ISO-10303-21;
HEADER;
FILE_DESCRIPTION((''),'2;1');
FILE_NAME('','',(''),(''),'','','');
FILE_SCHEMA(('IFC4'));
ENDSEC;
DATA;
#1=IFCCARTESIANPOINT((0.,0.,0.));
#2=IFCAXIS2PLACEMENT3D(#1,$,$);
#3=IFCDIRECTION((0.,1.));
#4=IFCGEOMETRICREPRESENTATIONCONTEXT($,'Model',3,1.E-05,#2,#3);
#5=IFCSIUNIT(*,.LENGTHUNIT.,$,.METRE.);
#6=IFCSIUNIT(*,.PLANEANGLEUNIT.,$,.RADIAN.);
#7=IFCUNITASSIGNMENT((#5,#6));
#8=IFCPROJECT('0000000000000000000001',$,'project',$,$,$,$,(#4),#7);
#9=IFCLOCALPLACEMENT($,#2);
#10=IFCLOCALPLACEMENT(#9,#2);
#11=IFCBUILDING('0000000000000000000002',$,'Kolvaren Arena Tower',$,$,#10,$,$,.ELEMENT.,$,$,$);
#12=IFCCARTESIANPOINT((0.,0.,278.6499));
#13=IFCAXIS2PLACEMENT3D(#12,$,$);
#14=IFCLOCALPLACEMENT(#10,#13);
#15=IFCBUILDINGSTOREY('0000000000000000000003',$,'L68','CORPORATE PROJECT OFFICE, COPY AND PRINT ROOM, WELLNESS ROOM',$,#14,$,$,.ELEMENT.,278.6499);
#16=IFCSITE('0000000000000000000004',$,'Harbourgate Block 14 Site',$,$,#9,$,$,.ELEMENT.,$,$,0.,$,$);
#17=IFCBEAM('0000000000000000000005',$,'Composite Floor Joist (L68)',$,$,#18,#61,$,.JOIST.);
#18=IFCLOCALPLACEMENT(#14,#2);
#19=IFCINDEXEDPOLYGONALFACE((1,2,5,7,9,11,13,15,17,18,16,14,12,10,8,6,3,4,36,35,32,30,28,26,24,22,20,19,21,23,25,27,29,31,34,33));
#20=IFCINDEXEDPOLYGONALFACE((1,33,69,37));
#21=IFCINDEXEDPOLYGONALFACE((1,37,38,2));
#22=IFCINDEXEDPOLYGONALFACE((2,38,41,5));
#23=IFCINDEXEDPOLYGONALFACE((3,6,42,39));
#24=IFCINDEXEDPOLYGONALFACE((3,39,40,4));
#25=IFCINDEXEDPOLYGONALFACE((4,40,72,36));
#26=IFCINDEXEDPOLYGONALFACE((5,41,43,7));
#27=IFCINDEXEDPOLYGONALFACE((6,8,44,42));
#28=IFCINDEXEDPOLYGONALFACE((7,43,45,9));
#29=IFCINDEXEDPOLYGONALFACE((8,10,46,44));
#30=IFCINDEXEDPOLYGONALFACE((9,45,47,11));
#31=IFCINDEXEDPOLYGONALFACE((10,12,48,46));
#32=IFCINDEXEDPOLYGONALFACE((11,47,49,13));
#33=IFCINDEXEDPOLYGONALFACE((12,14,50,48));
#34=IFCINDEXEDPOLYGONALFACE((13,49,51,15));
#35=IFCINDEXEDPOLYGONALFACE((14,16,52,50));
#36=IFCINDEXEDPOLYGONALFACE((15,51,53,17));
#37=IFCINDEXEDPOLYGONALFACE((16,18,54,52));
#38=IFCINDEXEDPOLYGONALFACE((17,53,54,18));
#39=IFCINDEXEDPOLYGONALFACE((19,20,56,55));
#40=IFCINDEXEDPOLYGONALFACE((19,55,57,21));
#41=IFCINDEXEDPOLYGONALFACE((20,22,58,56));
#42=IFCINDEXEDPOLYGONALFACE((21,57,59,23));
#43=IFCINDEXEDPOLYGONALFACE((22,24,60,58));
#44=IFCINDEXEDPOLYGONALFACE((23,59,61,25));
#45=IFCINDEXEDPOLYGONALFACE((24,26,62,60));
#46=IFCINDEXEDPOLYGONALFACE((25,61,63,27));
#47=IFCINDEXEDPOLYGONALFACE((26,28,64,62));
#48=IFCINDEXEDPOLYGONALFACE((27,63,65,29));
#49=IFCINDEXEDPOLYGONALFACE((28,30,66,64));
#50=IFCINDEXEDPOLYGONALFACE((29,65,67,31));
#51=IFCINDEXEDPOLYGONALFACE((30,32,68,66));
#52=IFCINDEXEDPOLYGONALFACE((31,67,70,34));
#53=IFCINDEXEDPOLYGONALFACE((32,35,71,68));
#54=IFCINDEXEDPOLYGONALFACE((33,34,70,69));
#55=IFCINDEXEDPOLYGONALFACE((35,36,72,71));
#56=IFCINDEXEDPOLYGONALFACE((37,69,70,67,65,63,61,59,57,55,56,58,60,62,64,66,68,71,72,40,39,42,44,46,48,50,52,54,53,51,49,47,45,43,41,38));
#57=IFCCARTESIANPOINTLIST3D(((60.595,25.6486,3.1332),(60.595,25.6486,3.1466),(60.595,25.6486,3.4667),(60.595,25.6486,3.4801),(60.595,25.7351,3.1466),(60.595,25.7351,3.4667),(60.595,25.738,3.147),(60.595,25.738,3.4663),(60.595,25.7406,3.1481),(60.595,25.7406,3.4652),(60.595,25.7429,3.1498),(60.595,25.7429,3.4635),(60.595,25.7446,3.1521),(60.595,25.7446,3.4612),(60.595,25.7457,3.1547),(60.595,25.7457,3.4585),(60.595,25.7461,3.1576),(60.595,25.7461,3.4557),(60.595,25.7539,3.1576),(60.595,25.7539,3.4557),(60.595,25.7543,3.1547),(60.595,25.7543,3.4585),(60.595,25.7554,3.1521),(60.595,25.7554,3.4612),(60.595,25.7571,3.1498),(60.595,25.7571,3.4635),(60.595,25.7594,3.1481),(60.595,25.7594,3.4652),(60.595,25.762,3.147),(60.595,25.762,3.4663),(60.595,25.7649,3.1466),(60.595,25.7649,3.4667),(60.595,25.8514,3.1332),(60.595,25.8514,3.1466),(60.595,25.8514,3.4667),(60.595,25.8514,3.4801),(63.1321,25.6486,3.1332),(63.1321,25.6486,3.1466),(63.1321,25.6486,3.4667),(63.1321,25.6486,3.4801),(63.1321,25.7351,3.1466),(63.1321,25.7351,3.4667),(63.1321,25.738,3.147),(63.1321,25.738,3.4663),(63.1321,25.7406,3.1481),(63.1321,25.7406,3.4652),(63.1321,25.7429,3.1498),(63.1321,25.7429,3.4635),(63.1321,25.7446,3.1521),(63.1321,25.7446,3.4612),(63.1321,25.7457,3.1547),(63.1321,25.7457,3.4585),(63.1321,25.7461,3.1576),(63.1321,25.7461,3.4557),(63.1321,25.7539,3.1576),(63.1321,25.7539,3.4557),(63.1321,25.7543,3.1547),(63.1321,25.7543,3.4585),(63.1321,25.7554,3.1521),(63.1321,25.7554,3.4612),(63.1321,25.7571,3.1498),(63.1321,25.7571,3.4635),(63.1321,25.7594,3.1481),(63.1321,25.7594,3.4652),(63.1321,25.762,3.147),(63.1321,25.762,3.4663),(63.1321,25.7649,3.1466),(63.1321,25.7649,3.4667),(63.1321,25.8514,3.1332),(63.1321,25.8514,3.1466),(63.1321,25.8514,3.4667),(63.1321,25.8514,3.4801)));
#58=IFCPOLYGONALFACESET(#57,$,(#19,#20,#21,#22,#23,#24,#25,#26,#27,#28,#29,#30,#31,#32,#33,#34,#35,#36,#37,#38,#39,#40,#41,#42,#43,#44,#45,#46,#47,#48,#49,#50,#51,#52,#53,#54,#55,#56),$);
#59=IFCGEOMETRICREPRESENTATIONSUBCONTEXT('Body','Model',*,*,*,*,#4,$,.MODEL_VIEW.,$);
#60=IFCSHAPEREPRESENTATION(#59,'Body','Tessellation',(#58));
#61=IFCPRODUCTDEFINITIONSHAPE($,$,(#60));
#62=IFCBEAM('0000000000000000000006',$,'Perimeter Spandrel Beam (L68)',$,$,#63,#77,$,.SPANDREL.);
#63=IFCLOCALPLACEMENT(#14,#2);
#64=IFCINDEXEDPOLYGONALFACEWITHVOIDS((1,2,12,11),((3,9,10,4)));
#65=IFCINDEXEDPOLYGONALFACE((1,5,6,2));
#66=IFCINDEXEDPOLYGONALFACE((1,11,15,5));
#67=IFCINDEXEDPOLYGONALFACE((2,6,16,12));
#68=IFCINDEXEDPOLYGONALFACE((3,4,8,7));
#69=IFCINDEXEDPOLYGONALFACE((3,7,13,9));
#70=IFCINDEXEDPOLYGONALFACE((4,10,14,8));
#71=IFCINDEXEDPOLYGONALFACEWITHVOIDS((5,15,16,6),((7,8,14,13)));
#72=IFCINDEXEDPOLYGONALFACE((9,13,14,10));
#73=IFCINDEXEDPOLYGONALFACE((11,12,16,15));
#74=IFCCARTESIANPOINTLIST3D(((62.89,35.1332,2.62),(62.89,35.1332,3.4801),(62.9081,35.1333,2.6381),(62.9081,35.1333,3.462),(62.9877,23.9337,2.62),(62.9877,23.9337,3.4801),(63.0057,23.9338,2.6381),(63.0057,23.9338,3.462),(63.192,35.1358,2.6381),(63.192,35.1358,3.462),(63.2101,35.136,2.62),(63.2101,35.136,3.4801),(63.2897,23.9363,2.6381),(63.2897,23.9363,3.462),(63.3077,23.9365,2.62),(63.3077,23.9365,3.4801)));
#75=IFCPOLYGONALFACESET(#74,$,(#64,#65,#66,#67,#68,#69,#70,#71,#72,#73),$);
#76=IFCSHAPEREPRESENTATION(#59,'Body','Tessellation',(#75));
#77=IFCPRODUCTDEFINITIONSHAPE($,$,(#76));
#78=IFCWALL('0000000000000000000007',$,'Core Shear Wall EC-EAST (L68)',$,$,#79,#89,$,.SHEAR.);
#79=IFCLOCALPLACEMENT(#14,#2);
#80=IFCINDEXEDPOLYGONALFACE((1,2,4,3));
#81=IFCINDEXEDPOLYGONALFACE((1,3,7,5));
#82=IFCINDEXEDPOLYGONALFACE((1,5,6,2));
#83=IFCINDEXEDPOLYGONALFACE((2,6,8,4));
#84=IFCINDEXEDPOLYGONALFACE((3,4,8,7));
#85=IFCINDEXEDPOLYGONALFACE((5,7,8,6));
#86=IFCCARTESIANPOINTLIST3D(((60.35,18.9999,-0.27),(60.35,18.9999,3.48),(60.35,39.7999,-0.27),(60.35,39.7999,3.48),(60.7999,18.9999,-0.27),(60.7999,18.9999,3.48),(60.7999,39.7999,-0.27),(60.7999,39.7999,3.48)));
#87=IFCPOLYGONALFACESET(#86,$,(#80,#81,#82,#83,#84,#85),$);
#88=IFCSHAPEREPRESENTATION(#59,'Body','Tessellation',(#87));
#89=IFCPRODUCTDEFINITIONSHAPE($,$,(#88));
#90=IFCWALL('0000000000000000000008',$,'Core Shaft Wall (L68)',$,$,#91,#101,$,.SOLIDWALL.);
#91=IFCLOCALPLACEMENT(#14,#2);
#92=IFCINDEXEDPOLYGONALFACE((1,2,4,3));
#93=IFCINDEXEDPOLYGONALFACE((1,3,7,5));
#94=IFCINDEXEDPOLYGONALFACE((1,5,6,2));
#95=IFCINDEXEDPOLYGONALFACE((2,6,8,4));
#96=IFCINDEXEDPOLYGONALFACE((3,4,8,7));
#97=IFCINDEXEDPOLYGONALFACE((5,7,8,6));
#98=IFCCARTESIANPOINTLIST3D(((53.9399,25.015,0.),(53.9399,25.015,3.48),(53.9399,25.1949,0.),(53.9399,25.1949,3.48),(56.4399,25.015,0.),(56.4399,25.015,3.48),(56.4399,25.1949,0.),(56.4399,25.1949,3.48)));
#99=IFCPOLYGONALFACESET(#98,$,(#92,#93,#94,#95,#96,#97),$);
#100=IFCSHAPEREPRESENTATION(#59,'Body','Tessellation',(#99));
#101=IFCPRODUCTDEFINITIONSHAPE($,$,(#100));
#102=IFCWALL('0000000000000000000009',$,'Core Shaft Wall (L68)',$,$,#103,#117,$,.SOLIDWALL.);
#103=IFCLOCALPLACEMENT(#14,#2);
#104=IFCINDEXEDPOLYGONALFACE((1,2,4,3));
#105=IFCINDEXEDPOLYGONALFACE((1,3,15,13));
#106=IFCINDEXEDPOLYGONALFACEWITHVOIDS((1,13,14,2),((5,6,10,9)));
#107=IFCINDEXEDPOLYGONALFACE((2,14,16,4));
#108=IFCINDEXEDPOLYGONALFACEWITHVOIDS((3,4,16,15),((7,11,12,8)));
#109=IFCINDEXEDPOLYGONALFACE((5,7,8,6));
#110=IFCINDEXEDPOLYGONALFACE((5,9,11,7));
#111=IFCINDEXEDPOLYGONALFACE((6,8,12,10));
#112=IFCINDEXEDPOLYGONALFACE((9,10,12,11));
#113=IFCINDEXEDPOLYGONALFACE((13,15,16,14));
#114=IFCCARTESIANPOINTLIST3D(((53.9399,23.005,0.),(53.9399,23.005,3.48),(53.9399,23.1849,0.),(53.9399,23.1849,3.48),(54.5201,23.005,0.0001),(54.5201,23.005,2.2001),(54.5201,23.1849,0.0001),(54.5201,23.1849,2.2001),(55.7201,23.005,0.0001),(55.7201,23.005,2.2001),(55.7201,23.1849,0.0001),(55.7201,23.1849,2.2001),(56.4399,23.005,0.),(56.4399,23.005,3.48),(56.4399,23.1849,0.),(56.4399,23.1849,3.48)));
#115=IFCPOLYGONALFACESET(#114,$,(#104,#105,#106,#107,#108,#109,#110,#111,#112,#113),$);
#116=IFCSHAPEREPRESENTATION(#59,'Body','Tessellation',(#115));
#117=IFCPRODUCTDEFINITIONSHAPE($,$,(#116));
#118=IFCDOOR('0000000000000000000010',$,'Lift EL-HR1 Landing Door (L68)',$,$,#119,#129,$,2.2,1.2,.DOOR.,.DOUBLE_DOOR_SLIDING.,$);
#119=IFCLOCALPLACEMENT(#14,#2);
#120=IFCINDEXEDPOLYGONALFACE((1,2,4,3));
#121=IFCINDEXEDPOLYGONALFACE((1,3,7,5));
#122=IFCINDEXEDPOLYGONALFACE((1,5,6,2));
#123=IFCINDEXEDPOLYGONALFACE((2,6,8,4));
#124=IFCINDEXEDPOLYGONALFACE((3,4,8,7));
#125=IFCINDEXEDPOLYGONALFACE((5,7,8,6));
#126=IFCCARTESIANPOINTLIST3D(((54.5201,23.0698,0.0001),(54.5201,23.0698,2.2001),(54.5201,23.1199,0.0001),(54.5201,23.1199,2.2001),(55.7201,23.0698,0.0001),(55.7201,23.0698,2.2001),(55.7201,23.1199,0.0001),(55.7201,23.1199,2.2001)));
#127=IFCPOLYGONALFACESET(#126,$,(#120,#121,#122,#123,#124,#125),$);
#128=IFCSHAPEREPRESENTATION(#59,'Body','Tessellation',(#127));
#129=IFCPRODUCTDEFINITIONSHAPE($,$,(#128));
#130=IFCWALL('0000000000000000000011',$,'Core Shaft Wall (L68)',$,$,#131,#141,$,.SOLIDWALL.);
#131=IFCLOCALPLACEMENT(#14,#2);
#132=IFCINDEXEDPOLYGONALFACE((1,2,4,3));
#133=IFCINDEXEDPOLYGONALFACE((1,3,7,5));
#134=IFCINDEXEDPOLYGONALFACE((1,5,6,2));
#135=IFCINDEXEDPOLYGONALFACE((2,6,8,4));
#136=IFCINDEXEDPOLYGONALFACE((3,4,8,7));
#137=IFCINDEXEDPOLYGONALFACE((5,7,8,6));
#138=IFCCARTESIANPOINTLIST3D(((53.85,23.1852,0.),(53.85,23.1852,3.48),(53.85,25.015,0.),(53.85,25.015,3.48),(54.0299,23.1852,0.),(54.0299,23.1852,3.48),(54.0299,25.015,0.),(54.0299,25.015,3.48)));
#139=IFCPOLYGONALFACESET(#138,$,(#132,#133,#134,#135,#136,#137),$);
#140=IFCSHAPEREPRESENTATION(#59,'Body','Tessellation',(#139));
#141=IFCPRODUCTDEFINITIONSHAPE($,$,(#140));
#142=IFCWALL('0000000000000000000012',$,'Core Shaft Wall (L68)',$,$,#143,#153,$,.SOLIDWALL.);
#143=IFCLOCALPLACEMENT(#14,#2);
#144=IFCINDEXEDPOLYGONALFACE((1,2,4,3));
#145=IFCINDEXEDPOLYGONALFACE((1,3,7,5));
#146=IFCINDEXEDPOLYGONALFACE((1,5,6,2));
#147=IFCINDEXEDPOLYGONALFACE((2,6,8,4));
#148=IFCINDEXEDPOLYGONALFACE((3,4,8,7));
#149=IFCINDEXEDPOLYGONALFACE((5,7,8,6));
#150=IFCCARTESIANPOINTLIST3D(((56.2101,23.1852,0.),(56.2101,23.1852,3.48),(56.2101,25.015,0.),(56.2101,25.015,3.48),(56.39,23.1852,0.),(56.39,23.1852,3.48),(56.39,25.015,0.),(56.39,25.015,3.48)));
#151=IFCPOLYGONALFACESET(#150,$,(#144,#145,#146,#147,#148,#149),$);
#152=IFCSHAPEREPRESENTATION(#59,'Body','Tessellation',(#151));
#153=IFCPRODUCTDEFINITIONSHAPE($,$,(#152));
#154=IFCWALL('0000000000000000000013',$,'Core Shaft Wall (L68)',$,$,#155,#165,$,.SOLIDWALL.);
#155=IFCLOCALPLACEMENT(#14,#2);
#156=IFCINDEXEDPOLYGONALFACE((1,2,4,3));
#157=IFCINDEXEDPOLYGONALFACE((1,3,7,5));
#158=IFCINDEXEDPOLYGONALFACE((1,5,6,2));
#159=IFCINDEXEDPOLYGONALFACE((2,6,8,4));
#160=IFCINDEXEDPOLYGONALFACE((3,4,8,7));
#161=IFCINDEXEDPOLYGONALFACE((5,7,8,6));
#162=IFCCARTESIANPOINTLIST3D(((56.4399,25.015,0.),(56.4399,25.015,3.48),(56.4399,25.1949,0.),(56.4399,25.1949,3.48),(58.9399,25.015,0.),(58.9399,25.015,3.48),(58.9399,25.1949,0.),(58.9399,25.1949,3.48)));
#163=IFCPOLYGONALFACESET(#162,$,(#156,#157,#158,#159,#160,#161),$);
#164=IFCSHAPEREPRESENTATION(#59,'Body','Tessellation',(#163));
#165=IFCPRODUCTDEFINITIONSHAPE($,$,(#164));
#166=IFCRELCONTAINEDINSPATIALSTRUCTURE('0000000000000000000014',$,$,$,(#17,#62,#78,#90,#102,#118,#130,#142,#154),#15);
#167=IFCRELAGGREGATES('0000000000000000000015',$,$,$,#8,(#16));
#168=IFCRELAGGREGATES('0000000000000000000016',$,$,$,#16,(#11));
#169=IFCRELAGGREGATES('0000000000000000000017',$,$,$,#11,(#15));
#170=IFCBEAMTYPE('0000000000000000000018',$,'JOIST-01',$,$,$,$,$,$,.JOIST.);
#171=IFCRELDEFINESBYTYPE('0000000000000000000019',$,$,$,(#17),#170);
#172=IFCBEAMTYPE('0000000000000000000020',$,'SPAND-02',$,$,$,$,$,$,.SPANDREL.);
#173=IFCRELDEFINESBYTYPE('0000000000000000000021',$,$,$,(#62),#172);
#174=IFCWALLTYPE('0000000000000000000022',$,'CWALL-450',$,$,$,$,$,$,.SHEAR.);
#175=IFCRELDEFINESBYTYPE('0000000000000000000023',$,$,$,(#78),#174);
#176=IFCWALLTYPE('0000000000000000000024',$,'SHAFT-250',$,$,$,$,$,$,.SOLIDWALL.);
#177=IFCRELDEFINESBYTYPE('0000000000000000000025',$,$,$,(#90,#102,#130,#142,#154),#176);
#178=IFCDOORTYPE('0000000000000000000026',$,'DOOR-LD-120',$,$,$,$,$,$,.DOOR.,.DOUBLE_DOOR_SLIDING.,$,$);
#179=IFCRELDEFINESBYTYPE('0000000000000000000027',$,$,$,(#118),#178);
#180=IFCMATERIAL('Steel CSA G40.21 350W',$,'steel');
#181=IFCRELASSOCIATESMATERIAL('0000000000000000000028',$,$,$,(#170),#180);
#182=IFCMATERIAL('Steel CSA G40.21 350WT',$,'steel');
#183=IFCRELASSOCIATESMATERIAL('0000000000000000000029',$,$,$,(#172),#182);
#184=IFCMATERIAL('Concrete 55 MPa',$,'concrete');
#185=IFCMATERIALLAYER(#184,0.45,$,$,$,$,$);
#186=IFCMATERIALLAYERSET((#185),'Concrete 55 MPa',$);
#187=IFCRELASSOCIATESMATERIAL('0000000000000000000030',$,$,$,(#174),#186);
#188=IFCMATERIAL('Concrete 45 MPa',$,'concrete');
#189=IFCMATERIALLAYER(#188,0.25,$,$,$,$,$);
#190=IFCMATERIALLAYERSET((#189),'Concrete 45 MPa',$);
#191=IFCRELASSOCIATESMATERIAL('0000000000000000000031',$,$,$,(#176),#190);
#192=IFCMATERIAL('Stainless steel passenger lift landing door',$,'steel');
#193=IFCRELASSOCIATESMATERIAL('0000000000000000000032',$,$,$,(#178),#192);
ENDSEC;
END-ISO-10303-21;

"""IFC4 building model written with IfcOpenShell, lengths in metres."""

from ifc_helpers import new_model, si_unit, direction, frame, frame_2d, origin, origin_2d, place, context, subcontext, project, spatial, rectangle, hollow_rectangle, i_section, extrude, material, layer, layer_set, material_profile, profile_set, type_object, element, fill, save


model = new_model("IFC4")

# Units and contexts
model_context = context("Model", 3, precision=1e-05, world=origin(), true_north=direction((0.0, 1.0)))
body_context = subcontext(model_context, "Body", "Model", "MODEL_VIEW")
ifc_project = project(units=[si_unit("LENGTHUNIT", "METRE"), si_unit("PLANEANGLEUNIT", "RADIAN")], contexts=[model_context])

# Site, building, storey
site_placement = place(None, origin())
site = spatial("IfcSite", under=ifc_project, at=site_placement, Name="Harbourgate Block 14 Site", CompositionType="ELEMENT", RefElevation=0.0)
building_placement = place(site_placement, origin())
building = spatial("IfcBuilding", under=site, at=building_placement, Name="Kolvaren Arena Tower", CompositionType="ELEMENT")
storey_placement = place(building_placement, frame((0.0, 0.0, 278.6499)))
storey = spatial("IfcBuildingStorey", under=building, at=storey_placement, Name="L68", Description="CORPORATE PROJECT OFFICE, COPY AND PRINT ROOM, WELLNESS ROOM", CompositionType="ELEMENT", Elevation=278.6499)

# Beams
ifc_material_1 = material(Name="Steel CSA G40.21 350W", Category="steel")
ifc_material_profile_1 = material_profile(ifc_material_1, i_section(OverallWidth=0.2029, OverallDepth=0.3469, WebThickness=0.0078, FlangeThickness=0.0134, FilletRadius=0.011, at=origin_2d()), Name="W360x64")
ifc_profile_set_1 = profile_set([ifc_material_profile_1], Name="Steel CSA G40.21 350W")
beam_type_1 = type_object("IfcBeamType", Name="JOIST-01", PredefinedType="JOIST", material=ifc_profile_set_1)
beam_1_placement = place(storey_placement, frame((60.595, 25.75, 3.3066), z_axis=(1.0, 0.0, 0.0), x_axis=(0.0, 1.0, 0.0)))
element("IfcBeam", 1, at=beam_1_placement, inside=storey, type_object=beam_type_1, Name="Composite Floor Joist (L68)", PredefinedType="JOIST", context=body_context, shape_type="SweptSolid", body=[
    extrude(i_section(OverallWidth=0.2029, OverallDepth=0.3469, WebThickness=0.0078, FlangeThickness=0.0134, FilletRadius=0.011, at=origin_2d()), origin(), (0.0, 0.0, 1.0), 2.5371),
])
ifc_material_2 = material(Name="Steel CSA G40.21 350WT", Category="steel")
ifc_material_profile_2 = material_profile(ifc_material_2, hollow_rectangle(XDim=0.3201, YDim=0.8601, WallThickness=0.0181, at=origin_2d()), Name="HSS 860x320x18")
ifc_profile_set_2 = profile_set([ifc_material_profile_2], Name="Steel CSA G40.21 350WT")
beam_type_2 = type_object("IfcBeamType", Name="SPAND-02", PredefinedType="SPANDREL", material=ifc_profile_set_2)
beam_2_placement = place(storey_placement, frame((63.1477, 23.9351, 3.05), z_axis=(-0.008719, 0.999962, 0.0), x_axis=(-0.999962, -0.008719, 0.0)))
element("IfcBeam", 2, at=beam_2_placement, inside=storey, type_object=beam_type_2, Name="Perimeter Spandrel Beam (L68)", PredefinedType="SPANDREL", context=body_context, shape_type="SweptSolid", body=[
    extrude(hollow_rectangle(XDim=0.3201, YDim=0.8601, WallThickness=0.0181, at=origin_2d()), origin(), (0.0, 0.0, 1.0), 11.2),
])

# Walls
ifc_material_3 = material(Name="Concrete 55 MPa", Category="concrete")
ifc_layer_1 = layer(ifc_material_3, 0.45)
ifc_layer_set_1 = layer_set([ifc_layer_1], Name="Concrete 55 MPa")
wall_type_1 = type_object("IfcWallType", Name="CWALL-450", PredefinedType="SHEAR", material=ifc_layer_set_1)
wall_1_placement = place(storey_placement, frame((60.575, 19.0, -0.27), z_axis=(0.0, 0.0, 1.0), x_axis=(0.0, 1.0, 0.0)))
element("IfcWall", 3, at=wall_1_placement, inside=storey, type_object=wall_type_1, Name="Core Shear Wall EC-EAST (L68)", PredefinedType="SHEAR", context=body_context, shape_type="SweptSolid", body=[
    extrude(rectangle(XDim=20.8, YDim=0.45, at=frame_2d((10.3999, 0.0))), origin(), (0.0, 0.0, 1.0), 3.75),
])
ifc_material_4 = material(Name="Concrete 45 MPa", Category="concrete")
ifc_layer_2 = layer(ifc_material_4, 0.25)
ifc_layer_set_2 = layer_set([ifc_layer_2], Name="Concrete 45 MPa")
wall_type_2 = type_object("IfcWallType", Name="SHAFT-250", PredefinedType="SOLIDWALL", material=ifc_layer_set_2)
wall_2_placement = place(storey_placement, frame((53.9399, 25.105, 0.0), z_axis=(0.0, 0.0, 1.0), x_axis=(1.0, 0.0, 0.0)))
element("IfcWall", 4, at=wall_2_placement, inside=storey, type_object=wall_type_2, Name="Core Shaft Wall (L68)", PredefinedType="SOLIDWALL", context=body_context, shape_type="SweptSolid", body=[
    extrude(rectangle(XDim=2.5, YDim=0.1799, at=frame_2d((1.25, 0.0))), origin(), (0.0, 0.0, 1.0), 3.48),
])

# Wall, opening, door
wall_3_placement = place(storey_placement, frame((53.9399, 23.095, 0.0), z_axis=(0.0, 0.0, 1.0), x_axis=(1.0, 0.0, 0.0)))
wall_3 = element("IfcWall", 5, at=wall_3_placement, inside=storey, type_object=wall_type_2, Name="Core Shaft Wall (L68)", PredefinedType="SOLIDWALL", context=body_context, shape_type="SweptSolid", body=[
    extrude(rectangle(XDim=2.5, YDim=0.1799, at=frame_2d((1.25, 0.0))), origin(), (0.0, 0.0, 1.0), 3.48),
])
opening_1_placement = place(wall_3_placement, frame((0.5801, 0.0, 0.0)))
opening_1 = element("IfcOpeningElement", 6, at=opening_1_placement, cuts=wall_3, PredefinedType="OPENING", context=body_context, shape_type="SweptSolid", body=[
    extrude(rectangle(XDim=1.2, YDim=2.2, at=frame_2d((0.6001, 1.1001))), frame((0.0, 0.0999, 0.0), z_axis=(0.0, -1.0, 0.0), x_axis=(1.0, 0.0, 0.0)), (0.0, 0.0, 1.0), 0.2),
])
ifc_material_5 = material(Name="Stainless steel passenger lift landing door", Category="steel")
door_type = type_object("IfcDoorType", Name="DOOR-LD-120", OperationType="DOUBLE_DOOR_SLIDING", PredefinedType="DOOR", material=ifc_material_5)
door_1_placement = place(opening_1_placement, origin())
door_1 = element("IfcDoor", 7, at=door_1_placement, inside=storey, type_object=door_type, Name="Lift EL-HR1 Landing Door (L68)", OperationType="DOUBLE_DOOR_SLIDING", OverallHeight=2.2, OverallWidth=1.2, PredefinedType="DOOR", context=body_context, shape_type="SweptSolid", body=[
    extrude(rectangle(XDim=1.2, YDim=2.2, at=frame_2d((0.6001, 1.1001))), frame((0.0, 0.0249, 0.0), z_axis=(0.0, -1.0, 0.0), x_axis=(1.0, 0.0, 0.0)), (0.0, 0.0, 1.0), 0.05),
])
fill(opening_1, door_1)

# Walls
for number, where, z_axis, x_axis, name in (
    (8, (53.9399, 23.1851, 0.0), (0.0, 0.0, 1.0), (0.0, 1.0, 0.0), "Core Shaft Wall (L68)"),
    (9, (56.3, 23.1851, 0.0), (0.0, 0.0, 1.0), (0.0, 1.0, 0.0), "Core Shaft Wall (L68)"),
):
    element("IfcWall", number, at=place(storey_placement, frame(where, z_axis=z_axis, x_axis=x_axis)), inside=storey, type_object=wall_type_2, Name=name, PredefinedType="SOLIDWALL", context=body_context, shape_type="SweptSolid", body=[
        extrude(rectangle(XDim=1.8298, YDim=0.1799, at=frame_2d((0.915, 0.0))), origin(), (0.0, 0.0, 1.0), 3.48),
    ])
wall_4_placement = place(storey_placement, frame((56.4399, 25.105, 0.0), z_axis=(0.0, 0.0, 1.0), x_axis=(1.0, 0.0, 0.0)))
element("IfcWall", 10, at=wall_4_placement, inside=storey, type_object=wall_type_2, Name="Core Shaft Wall (L68)", PredefinedType="SOLIDWALL", context=body_context, shape_type="SweptSolid", body=[
    extrude(rectangle(XDim=2.5, YDim=0.1799, at=frame_2d((1.25, 0.0))), origin(), (0.0, 0.0, 1.0), 3.48),
])

save(model, "model.ifc")
